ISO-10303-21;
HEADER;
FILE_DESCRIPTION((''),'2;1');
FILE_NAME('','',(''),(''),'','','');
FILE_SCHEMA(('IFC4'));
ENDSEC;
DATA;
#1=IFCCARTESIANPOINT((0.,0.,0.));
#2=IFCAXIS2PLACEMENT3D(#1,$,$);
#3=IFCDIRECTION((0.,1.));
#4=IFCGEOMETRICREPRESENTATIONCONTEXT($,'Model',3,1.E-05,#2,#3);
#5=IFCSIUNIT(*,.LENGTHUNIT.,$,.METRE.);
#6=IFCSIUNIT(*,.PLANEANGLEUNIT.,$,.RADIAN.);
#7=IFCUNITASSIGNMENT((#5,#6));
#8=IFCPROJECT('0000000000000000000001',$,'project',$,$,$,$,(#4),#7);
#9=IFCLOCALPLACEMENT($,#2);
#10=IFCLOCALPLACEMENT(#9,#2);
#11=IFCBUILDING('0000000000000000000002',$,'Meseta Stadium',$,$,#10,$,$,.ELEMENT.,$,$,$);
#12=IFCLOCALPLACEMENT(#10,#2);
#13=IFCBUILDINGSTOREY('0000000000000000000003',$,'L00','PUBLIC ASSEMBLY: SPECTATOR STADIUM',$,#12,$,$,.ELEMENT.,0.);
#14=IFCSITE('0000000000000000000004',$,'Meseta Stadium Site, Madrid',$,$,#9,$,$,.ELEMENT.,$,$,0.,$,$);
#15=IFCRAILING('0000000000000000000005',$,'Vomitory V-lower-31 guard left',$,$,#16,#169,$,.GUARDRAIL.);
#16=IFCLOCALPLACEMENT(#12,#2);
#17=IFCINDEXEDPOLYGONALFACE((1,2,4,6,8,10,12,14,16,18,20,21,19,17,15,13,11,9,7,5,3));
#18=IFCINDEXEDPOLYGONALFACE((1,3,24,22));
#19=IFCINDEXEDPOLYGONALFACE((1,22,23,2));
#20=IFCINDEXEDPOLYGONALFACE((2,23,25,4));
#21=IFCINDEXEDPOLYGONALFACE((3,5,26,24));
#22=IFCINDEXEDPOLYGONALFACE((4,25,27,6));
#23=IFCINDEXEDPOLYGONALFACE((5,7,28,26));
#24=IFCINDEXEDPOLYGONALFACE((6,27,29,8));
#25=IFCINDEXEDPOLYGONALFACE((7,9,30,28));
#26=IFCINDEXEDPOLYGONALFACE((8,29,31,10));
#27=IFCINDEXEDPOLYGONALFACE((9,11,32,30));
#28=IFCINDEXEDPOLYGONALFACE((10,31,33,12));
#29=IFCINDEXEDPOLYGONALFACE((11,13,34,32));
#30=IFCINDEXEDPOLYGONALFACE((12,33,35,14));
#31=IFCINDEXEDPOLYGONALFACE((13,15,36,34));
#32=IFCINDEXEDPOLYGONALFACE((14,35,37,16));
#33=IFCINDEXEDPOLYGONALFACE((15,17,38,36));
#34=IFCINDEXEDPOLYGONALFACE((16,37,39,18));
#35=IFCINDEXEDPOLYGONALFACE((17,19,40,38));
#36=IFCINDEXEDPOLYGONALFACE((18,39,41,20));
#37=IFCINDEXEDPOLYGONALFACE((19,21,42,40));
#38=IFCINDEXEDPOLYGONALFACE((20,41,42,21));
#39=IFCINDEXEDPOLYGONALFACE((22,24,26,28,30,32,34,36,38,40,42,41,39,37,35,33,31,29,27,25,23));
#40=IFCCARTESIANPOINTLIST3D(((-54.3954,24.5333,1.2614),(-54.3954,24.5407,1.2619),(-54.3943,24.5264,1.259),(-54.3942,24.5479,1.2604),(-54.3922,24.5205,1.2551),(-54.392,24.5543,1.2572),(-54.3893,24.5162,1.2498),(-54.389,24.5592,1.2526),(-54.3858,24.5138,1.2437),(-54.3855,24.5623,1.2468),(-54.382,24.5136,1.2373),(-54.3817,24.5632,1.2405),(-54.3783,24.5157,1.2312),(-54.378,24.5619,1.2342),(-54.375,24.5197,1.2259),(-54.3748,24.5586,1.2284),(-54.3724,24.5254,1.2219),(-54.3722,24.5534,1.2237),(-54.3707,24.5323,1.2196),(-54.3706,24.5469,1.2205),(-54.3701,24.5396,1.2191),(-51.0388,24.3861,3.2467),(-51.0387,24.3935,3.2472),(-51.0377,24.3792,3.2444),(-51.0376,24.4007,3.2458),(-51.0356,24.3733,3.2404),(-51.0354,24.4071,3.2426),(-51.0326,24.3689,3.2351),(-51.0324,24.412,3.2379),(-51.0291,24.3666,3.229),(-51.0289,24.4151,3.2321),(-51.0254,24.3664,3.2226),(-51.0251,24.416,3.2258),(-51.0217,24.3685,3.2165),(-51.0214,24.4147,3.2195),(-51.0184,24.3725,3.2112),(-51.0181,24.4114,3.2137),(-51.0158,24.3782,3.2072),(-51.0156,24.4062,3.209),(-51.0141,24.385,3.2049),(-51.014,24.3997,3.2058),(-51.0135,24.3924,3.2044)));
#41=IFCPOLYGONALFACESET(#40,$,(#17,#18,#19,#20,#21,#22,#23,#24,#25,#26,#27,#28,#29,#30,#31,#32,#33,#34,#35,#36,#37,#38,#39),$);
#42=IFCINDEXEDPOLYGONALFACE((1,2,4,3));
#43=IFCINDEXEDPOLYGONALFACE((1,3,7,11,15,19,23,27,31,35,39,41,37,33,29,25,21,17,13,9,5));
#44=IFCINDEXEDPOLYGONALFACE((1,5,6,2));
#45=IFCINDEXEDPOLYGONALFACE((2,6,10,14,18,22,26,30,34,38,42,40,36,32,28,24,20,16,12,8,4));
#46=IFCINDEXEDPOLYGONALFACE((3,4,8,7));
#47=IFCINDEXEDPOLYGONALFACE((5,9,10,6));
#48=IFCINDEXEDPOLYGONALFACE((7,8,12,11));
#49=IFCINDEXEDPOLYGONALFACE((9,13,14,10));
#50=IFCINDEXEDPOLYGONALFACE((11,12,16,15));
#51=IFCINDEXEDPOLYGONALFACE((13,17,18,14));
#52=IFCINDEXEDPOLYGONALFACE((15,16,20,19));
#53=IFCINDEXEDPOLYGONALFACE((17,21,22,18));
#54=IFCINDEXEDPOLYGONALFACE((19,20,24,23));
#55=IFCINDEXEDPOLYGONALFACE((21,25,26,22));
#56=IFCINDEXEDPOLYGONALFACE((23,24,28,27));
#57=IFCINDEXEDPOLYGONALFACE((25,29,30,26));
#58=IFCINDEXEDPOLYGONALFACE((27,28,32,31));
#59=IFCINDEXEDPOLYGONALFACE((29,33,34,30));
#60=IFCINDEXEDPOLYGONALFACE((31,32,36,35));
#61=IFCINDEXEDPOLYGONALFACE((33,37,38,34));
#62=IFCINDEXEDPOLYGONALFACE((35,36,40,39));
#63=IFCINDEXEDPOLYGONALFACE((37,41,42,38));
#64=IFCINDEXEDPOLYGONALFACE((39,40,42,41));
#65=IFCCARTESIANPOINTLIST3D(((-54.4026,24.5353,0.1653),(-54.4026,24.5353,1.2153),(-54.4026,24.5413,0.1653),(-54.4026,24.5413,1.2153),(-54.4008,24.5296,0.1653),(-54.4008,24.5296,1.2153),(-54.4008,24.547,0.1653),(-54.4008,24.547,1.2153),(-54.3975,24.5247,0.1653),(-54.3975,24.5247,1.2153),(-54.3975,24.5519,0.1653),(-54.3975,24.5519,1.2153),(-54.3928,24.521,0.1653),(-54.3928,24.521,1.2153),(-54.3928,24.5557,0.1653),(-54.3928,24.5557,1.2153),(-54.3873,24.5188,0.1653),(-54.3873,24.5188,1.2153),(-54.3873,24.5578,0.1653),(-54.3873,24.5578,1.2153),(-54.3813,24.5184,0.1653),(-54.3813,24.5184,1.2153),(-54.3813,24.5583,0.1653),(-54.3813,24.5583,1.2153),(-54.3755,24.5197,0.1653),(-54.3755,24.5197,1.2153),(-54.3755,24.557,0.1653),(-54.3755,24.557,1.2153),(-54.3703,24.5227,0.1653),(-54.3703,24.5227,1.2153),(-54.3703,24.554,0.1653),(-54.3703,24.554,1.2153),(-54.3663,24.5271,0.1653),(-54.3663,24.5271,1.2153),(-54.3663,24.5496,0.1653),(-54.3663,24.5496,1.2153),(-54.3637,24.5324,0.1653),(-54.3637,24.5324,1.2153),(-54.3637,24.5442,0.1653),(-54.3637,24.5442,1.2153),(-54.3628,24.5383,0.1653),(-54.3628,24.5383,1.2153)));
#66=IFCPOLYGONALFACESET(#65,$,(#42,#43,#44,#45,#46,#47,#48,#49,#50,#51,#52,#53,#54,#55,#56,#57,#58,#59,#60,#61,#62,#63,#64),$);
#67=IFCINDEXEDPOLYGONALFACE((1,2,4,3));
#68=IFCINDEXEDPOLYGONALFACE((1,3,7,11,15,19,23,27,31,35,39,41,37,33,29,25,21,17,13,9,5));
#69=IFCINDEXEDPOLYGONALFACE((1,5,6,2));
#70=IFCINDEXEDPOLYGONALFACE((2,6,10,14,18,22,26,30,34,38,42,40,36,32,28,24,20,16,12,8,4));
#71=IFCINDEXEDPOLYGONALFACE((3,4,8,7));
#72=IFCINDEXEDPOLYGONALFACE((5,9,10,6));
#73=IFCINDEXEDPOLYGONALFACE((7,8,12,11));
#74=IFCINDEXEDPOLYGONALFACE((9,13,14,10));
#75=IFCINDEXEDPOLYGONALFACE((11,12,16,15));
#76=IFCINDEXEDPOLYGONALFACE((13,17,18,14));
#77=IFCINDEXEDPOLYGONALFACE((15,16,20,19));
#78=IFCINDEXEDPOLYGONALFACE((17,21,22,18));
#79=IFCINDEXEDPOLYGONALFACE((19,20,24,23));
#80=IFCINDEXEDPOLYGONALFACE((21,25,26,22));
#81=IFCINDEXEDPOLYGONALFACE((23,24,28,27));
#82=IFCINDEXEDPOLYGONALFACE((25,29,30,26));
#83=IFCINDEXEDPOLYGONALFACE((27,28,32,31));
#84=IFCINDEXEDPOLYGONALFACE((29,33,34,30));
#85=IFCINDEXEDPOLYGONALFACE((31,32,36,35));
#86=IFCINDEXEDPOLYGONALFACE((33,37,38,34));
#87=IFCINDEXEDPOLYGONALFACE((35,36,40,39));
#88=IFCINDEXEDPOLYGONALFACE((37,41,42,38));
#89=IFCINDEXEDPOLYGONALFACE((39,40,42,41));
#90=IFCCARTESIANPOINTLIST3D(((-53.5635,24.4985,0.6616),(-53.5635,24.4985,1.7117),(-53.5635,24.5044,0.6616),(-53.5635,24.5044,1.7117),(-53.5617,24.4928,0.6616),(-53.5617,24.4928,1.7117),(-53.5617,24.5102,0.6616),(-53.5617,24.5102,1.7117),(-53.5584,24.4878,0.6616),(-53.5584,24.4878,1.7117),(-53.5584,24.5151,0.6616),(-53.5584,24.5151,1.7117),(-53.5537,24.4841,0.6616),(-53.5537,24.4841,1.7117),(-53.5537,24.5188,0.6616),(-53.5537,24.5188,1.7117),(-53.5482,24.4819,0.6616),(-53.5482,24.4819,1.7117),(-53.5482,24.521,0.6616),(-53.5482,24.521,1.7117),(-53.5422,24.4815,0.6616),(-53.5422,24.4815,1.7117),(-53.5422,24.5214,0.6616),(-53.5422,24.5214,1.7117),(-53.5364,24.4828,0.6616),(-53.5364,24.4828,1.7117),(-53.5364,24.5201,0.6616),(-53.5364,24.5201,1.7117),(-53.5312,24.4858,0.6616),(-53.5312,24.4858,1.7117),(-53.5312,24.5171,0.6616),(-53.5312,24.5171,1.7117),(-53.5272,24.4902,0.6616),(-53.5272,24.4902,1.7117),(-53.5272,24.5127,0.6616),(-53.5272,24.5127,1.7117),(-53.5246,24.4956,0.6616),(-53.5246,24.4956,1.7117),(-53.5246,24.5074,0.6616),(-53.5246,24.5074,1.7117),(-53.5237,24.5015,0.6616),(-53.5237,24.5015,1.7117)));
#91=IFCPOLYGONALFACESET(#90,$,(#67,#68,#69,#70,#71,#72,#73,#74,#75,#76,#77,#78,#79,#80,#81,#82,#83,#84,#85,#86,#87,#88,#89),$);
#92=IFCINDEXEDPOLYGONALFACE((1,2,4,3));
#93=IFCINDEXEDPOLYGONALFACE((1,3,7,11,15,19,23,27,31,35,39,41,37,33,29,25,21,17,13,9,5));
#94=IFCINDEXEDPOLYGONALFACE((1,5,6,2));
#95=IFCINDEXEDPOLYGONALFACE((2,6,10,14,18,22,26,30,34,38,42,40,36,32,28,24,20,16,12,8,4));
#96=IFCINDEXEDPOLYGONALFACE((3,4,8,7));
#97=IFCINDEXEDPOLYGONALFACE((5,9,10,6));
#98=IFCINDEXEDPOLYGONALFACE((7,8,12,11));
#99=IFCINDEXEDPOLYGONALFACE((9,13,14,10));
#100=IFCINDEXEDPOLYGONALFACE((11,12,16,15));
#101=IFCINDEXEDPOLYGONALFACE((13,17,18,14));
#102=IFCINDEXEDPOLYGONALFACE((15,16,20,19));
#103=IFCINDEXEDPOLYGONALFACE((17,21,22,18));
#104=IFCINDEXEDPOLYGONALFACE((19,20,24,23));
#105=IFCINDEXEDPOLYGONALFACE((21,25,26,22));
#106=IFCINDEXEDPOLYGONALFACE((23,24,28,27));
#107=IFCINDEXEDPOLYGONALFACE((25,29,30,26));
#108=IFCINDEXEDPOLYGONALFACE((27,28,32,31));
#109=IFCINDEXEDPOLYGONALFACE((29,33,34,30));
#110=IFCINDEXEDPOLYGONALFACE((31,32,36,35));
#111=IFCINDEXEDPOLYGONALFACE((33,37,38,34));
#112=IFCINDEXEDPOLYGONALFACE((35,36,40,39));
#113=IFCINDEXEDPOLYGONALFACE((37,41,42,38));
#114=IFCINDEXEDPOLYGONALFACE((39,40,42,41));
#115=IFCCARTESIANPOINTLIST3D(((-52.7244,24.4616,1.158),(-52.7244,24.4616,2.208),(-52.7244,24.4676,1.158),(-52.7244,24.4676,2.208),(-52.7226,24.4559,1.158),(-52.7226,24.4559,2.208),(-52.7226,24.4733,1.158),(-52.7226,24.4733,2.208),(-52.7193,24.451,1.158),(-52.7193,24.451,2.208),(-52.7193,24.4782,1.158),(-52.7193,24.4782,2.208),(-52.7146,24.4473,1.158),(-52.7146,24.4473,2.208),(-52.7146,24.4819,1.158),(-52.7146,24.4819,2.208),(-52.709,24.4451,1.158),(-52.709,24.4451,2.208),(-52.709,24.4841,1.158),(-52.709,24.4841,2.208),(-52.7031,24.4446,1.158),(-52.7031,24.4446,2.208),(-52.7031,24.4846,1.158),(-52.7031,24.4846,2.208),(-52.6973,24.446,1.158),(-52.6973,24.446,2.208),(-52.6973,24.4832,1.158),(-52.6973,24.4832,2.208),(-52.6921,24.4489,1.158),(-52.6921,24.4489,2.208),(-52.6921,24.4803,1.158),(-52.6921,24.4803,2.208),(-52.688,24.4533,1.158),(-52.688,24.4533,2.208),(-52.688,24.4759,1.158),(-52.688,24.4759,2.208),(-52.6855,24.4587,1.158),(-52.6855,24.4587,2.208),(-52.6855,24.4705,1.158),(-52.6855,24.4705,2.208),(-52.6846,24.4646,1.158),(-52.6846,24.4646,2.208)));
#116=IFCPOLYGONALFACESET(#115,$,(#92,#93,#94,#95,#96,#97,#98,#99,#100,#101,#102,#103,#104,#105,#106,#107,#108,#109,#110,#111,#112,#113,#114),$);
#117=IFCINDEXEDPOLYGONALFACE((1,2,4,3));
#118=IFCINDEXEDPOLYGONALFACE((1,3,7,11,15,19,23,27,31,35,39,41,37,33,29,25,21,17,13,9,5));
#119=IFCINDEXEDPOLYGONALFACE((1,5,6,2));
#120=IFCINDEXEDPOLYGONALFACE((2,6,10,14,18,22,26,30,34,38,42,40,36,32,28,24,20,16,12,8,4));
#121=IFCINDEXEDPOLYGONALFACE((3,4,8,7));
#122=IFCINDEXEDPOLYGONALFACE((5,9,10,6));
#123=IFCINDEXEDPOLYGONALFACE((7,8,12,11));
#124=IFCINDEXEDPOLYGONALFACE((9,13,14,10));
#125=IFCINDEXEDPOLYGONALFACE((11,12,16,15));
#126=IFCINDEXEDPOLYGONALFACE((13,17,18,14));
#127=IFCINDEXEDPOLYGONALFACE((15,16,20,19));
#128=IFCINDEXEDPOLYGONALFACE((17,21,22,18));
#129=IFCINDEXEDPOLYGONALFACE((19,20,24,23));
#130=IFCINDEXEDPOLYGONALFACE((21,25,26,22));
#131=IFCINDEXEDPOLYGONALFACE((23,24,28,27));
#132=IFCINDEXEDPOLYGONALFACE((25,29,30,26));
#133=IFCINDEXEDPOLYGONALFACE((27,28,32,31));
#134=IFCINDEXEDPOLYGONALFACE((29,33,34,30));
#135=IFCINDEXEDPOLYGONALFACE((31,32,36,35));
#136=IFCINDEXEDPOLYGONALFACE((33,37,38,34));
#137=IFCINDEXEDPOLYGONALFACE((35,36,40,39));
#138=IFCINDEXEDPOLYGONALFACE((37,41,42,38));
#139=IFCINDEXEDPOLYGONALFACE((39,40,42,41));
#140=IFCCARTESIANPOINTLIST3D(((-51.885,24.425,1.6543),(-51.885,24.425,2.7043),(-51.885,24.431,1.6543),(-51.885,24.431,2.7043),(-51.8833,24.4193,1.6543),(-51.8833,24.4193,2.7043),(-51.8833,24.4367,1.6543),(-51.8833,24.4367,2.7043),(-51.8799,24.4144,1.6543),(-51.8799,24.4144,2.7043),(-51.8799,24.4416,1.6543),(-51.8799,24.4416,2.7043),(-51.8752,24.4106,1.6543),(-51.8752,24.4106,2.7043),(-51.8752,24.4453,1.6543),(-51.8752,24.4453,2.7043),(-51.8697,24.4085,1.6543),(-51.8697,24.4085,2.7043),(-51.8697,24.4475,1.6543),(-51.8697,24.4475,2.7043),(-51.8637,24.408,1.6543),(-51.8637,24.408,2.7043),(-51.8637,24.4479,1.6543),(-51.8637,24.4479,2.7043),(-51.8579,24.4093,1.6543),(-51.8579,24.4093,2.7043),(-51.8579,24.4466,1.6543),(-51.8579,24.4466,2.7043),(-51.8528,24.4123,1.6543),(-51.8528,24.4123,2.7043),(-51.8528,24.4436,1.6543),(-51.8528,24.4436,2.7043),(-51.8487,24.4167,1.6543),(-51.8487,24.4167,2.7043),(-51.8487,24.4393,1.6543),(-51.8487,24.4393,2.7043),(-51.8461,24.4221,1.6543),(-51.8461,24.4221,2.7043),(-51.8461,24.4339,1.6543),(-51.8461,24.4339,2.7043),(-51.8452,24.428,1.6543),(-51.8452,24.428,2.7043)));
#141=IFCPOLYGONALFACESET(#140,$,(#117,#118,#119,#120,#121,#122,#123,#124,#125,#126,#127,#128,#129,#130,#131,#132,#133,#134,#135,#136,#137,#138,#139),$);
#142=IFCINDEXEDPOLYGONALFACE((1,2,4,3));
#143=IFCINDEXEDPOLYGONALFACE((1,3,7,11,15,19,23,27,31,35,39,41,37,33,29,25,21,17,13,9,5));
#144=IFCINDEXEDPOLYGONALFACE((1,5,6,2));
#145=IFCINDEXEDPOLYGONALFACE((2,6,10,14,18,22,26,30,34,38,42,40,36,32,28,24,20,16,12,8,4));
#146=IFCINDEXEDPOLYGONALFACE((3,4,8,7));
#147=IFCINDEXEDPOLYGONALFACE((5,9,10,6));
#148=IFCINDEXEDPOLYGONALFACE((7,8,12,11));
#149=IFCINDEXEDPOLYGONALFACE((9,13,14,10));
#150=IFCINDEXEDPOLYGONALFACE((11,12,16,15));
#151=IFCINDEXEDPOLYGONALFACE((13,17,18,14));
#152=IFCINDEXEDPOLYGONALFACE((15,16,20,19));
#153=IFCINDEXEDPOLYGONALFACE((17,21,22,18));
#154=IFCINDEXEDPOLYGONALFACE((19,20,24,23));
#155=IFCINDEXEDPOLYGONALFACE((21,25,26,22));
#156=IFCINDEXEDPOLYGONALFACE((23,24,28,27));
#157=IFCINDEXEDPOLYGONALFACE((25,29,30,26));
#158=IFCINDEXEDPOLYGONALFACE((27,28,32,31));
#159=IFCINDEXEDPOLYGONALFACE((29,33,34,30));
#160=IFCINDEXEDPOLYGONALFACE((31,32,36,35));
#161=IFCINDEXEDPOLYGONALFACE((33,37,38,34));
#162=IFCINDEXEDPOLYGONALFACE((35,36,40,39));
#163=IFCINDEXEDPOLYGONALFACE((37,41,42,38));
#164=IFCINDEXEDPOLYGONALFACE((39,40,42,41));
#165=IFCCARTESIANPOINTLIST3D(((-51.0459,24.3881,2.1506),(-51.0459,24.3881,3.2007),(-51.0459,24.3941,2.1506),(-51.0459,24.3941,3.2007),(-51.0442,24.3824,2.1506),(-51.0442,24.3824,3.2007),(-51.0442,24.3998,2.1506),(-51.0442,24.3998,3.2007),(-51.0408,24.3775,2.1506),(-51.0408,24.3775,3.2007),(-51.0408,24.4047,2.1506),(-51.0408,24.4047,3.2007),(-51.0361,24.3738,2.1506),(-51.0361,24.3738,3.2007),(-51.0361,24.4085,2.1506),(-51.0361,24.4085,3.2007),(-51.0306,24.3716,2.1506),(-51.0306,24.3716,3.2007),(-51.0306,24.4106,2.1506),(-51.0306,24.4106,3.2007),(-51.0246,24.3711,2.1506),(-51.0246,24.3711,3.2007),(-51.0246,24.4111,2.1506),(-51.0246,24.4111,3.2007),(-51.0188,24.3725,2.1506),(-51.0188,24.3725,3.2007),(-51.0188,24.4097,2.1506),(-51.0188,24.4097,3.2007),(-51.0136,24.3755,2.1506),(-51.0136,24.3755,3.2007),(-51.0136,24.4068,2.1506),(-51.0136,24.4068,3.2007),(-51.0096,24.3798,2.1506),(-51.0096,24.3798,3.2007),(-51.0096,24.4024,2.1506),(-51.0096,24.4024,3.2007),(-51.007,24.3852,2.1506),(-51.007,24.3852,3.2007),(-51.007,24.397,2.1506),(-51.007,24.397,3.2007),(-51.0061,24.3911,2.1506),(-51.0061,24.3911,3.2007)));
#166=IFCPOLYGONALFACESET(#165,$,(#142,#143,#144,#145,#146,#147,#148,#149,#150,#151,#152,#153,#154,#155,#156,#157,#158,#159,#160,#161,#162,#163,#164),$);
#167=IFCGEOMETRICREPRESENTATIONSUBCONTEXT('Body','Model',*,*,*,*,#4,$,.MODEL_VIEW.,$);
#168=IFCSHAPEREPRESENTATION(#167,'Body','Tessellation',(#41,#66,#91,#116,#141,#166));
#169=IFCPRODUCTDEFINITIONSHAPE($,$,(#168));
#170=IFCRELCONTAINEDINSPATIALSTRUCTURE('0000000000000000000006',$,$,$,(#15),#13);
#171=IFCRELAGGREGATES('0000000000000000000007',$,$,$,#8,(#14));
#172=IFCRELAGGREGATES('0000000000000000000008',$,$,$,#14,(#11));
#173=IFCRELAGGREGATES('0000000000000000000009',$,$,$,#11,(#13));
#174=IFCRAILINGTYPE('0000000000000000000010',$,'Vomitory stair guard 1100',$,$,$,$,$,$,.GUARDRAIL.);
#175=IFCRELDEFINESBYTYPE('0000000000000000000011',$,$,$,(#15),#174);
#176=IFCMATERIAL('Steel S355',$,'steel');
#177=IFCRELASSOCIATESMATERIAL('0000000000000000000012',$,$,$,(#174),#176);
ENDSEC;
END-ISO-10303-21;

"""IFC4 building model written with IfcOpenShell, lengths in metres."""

from ifc_helpers import new_model, si_unit, direction, frame, origin, origin_2d, place, context, subcontext, project, spatial, circle, extrude, material, type_object, element, save


model = new_model("IFC4")

# Units and contexts
model_context = context("Model", 3, precision=1e-05, world=origin(), true_north=direction((0.0, 1.0)))
body_context = subcontext(model_context, "Body", "Model", "MODEL_VIEW")
ifc_project = project(units=[si_unit("LENGTHUNIT", "METRE"), si_unit("PLANEANGLEUNIT", "RADIAN")], contexts=[model_context])

# Site, building, storey
site_placement = place(None, origin())
site = spatial("IfcSite", under=ifc_project, at=site_placement, Name="Meseta Stadium Site, Madrid", CompositionType="ELEMENT", RefElevation=0.0)
building_placement = place(site_placement, origin())
building = spatial("IfcBuilding", under=site, at=building_placement, Name="Meseta Stadium", CompositionType="ELEMENT")
storey_placement = place(building_placement, origin())
storey = spatial("IfcBuildingStorey", under=building, at=storey_placement, Name="L00", Description="PUBLIC ASSEMBLY: SPECTATOR STADIUM", CompositionType="ELEMENT", Elevation=0.0)

# Railing
ifc_material_1 = material(Name="Steel S355", Category="steel")
railing_type_1 = type_object("IfcRailingType", Name="Vomitory stair guard 1100", PredefinedType="GUARDRAIL", material=ifc_material_1)
for number, where, name in (
    (1, (-54.3828, 24.5383, 0.1653), "Vomitory V-lower-31 guard left"),
):
    element("IfcRailing", number, at=place(storey_placement, frame(where)), inside=storey, type_object=railing_type_1, Name=name, PredefinedType="GUARDRAIL", context=body_context, shape_type="SweptSolid", body=[
        extrude(circle(Radius=0.0249, at=origin_2d()), frame((0.0, 0.0, 1.0752), z_axis=(0.860106, -0.037722, 0.508719), x_axis=(0.043816, 0.99904, 0.0)), (0.0, 0.0, 1.0), 3.9026),
        extrude(circle(Radius=0.02, at=origin_2d()), origin(), (0.0, 0.0, 1.0), 1.05),
        extrude(circle(Radius=0.02, at=origin_2d()), frame((0.8391, -0.0369, 0.4963)), (0.0, 0.0, 1.0), 1.05),
        extrude(circle(Radius=0.02, at=origin_2d()), frame((1.6782, -0.0737, 0.9927)), (0.0, 0.0, 1.0), 1.05),
        extrude(circle(Radius=0.02, at=origin_2d()), frame((2.5176, -0.1104, 1.489)), (0.0, 0.0, 1.0), 1.05),
        extrude(circle(Radius=0.02, at=origin_2d()), frame((3.3567, -0.1472, 1.9854)), (0.0, 0.0, 1.0), 1.05),
    ])

save(model, "model.ifc")
